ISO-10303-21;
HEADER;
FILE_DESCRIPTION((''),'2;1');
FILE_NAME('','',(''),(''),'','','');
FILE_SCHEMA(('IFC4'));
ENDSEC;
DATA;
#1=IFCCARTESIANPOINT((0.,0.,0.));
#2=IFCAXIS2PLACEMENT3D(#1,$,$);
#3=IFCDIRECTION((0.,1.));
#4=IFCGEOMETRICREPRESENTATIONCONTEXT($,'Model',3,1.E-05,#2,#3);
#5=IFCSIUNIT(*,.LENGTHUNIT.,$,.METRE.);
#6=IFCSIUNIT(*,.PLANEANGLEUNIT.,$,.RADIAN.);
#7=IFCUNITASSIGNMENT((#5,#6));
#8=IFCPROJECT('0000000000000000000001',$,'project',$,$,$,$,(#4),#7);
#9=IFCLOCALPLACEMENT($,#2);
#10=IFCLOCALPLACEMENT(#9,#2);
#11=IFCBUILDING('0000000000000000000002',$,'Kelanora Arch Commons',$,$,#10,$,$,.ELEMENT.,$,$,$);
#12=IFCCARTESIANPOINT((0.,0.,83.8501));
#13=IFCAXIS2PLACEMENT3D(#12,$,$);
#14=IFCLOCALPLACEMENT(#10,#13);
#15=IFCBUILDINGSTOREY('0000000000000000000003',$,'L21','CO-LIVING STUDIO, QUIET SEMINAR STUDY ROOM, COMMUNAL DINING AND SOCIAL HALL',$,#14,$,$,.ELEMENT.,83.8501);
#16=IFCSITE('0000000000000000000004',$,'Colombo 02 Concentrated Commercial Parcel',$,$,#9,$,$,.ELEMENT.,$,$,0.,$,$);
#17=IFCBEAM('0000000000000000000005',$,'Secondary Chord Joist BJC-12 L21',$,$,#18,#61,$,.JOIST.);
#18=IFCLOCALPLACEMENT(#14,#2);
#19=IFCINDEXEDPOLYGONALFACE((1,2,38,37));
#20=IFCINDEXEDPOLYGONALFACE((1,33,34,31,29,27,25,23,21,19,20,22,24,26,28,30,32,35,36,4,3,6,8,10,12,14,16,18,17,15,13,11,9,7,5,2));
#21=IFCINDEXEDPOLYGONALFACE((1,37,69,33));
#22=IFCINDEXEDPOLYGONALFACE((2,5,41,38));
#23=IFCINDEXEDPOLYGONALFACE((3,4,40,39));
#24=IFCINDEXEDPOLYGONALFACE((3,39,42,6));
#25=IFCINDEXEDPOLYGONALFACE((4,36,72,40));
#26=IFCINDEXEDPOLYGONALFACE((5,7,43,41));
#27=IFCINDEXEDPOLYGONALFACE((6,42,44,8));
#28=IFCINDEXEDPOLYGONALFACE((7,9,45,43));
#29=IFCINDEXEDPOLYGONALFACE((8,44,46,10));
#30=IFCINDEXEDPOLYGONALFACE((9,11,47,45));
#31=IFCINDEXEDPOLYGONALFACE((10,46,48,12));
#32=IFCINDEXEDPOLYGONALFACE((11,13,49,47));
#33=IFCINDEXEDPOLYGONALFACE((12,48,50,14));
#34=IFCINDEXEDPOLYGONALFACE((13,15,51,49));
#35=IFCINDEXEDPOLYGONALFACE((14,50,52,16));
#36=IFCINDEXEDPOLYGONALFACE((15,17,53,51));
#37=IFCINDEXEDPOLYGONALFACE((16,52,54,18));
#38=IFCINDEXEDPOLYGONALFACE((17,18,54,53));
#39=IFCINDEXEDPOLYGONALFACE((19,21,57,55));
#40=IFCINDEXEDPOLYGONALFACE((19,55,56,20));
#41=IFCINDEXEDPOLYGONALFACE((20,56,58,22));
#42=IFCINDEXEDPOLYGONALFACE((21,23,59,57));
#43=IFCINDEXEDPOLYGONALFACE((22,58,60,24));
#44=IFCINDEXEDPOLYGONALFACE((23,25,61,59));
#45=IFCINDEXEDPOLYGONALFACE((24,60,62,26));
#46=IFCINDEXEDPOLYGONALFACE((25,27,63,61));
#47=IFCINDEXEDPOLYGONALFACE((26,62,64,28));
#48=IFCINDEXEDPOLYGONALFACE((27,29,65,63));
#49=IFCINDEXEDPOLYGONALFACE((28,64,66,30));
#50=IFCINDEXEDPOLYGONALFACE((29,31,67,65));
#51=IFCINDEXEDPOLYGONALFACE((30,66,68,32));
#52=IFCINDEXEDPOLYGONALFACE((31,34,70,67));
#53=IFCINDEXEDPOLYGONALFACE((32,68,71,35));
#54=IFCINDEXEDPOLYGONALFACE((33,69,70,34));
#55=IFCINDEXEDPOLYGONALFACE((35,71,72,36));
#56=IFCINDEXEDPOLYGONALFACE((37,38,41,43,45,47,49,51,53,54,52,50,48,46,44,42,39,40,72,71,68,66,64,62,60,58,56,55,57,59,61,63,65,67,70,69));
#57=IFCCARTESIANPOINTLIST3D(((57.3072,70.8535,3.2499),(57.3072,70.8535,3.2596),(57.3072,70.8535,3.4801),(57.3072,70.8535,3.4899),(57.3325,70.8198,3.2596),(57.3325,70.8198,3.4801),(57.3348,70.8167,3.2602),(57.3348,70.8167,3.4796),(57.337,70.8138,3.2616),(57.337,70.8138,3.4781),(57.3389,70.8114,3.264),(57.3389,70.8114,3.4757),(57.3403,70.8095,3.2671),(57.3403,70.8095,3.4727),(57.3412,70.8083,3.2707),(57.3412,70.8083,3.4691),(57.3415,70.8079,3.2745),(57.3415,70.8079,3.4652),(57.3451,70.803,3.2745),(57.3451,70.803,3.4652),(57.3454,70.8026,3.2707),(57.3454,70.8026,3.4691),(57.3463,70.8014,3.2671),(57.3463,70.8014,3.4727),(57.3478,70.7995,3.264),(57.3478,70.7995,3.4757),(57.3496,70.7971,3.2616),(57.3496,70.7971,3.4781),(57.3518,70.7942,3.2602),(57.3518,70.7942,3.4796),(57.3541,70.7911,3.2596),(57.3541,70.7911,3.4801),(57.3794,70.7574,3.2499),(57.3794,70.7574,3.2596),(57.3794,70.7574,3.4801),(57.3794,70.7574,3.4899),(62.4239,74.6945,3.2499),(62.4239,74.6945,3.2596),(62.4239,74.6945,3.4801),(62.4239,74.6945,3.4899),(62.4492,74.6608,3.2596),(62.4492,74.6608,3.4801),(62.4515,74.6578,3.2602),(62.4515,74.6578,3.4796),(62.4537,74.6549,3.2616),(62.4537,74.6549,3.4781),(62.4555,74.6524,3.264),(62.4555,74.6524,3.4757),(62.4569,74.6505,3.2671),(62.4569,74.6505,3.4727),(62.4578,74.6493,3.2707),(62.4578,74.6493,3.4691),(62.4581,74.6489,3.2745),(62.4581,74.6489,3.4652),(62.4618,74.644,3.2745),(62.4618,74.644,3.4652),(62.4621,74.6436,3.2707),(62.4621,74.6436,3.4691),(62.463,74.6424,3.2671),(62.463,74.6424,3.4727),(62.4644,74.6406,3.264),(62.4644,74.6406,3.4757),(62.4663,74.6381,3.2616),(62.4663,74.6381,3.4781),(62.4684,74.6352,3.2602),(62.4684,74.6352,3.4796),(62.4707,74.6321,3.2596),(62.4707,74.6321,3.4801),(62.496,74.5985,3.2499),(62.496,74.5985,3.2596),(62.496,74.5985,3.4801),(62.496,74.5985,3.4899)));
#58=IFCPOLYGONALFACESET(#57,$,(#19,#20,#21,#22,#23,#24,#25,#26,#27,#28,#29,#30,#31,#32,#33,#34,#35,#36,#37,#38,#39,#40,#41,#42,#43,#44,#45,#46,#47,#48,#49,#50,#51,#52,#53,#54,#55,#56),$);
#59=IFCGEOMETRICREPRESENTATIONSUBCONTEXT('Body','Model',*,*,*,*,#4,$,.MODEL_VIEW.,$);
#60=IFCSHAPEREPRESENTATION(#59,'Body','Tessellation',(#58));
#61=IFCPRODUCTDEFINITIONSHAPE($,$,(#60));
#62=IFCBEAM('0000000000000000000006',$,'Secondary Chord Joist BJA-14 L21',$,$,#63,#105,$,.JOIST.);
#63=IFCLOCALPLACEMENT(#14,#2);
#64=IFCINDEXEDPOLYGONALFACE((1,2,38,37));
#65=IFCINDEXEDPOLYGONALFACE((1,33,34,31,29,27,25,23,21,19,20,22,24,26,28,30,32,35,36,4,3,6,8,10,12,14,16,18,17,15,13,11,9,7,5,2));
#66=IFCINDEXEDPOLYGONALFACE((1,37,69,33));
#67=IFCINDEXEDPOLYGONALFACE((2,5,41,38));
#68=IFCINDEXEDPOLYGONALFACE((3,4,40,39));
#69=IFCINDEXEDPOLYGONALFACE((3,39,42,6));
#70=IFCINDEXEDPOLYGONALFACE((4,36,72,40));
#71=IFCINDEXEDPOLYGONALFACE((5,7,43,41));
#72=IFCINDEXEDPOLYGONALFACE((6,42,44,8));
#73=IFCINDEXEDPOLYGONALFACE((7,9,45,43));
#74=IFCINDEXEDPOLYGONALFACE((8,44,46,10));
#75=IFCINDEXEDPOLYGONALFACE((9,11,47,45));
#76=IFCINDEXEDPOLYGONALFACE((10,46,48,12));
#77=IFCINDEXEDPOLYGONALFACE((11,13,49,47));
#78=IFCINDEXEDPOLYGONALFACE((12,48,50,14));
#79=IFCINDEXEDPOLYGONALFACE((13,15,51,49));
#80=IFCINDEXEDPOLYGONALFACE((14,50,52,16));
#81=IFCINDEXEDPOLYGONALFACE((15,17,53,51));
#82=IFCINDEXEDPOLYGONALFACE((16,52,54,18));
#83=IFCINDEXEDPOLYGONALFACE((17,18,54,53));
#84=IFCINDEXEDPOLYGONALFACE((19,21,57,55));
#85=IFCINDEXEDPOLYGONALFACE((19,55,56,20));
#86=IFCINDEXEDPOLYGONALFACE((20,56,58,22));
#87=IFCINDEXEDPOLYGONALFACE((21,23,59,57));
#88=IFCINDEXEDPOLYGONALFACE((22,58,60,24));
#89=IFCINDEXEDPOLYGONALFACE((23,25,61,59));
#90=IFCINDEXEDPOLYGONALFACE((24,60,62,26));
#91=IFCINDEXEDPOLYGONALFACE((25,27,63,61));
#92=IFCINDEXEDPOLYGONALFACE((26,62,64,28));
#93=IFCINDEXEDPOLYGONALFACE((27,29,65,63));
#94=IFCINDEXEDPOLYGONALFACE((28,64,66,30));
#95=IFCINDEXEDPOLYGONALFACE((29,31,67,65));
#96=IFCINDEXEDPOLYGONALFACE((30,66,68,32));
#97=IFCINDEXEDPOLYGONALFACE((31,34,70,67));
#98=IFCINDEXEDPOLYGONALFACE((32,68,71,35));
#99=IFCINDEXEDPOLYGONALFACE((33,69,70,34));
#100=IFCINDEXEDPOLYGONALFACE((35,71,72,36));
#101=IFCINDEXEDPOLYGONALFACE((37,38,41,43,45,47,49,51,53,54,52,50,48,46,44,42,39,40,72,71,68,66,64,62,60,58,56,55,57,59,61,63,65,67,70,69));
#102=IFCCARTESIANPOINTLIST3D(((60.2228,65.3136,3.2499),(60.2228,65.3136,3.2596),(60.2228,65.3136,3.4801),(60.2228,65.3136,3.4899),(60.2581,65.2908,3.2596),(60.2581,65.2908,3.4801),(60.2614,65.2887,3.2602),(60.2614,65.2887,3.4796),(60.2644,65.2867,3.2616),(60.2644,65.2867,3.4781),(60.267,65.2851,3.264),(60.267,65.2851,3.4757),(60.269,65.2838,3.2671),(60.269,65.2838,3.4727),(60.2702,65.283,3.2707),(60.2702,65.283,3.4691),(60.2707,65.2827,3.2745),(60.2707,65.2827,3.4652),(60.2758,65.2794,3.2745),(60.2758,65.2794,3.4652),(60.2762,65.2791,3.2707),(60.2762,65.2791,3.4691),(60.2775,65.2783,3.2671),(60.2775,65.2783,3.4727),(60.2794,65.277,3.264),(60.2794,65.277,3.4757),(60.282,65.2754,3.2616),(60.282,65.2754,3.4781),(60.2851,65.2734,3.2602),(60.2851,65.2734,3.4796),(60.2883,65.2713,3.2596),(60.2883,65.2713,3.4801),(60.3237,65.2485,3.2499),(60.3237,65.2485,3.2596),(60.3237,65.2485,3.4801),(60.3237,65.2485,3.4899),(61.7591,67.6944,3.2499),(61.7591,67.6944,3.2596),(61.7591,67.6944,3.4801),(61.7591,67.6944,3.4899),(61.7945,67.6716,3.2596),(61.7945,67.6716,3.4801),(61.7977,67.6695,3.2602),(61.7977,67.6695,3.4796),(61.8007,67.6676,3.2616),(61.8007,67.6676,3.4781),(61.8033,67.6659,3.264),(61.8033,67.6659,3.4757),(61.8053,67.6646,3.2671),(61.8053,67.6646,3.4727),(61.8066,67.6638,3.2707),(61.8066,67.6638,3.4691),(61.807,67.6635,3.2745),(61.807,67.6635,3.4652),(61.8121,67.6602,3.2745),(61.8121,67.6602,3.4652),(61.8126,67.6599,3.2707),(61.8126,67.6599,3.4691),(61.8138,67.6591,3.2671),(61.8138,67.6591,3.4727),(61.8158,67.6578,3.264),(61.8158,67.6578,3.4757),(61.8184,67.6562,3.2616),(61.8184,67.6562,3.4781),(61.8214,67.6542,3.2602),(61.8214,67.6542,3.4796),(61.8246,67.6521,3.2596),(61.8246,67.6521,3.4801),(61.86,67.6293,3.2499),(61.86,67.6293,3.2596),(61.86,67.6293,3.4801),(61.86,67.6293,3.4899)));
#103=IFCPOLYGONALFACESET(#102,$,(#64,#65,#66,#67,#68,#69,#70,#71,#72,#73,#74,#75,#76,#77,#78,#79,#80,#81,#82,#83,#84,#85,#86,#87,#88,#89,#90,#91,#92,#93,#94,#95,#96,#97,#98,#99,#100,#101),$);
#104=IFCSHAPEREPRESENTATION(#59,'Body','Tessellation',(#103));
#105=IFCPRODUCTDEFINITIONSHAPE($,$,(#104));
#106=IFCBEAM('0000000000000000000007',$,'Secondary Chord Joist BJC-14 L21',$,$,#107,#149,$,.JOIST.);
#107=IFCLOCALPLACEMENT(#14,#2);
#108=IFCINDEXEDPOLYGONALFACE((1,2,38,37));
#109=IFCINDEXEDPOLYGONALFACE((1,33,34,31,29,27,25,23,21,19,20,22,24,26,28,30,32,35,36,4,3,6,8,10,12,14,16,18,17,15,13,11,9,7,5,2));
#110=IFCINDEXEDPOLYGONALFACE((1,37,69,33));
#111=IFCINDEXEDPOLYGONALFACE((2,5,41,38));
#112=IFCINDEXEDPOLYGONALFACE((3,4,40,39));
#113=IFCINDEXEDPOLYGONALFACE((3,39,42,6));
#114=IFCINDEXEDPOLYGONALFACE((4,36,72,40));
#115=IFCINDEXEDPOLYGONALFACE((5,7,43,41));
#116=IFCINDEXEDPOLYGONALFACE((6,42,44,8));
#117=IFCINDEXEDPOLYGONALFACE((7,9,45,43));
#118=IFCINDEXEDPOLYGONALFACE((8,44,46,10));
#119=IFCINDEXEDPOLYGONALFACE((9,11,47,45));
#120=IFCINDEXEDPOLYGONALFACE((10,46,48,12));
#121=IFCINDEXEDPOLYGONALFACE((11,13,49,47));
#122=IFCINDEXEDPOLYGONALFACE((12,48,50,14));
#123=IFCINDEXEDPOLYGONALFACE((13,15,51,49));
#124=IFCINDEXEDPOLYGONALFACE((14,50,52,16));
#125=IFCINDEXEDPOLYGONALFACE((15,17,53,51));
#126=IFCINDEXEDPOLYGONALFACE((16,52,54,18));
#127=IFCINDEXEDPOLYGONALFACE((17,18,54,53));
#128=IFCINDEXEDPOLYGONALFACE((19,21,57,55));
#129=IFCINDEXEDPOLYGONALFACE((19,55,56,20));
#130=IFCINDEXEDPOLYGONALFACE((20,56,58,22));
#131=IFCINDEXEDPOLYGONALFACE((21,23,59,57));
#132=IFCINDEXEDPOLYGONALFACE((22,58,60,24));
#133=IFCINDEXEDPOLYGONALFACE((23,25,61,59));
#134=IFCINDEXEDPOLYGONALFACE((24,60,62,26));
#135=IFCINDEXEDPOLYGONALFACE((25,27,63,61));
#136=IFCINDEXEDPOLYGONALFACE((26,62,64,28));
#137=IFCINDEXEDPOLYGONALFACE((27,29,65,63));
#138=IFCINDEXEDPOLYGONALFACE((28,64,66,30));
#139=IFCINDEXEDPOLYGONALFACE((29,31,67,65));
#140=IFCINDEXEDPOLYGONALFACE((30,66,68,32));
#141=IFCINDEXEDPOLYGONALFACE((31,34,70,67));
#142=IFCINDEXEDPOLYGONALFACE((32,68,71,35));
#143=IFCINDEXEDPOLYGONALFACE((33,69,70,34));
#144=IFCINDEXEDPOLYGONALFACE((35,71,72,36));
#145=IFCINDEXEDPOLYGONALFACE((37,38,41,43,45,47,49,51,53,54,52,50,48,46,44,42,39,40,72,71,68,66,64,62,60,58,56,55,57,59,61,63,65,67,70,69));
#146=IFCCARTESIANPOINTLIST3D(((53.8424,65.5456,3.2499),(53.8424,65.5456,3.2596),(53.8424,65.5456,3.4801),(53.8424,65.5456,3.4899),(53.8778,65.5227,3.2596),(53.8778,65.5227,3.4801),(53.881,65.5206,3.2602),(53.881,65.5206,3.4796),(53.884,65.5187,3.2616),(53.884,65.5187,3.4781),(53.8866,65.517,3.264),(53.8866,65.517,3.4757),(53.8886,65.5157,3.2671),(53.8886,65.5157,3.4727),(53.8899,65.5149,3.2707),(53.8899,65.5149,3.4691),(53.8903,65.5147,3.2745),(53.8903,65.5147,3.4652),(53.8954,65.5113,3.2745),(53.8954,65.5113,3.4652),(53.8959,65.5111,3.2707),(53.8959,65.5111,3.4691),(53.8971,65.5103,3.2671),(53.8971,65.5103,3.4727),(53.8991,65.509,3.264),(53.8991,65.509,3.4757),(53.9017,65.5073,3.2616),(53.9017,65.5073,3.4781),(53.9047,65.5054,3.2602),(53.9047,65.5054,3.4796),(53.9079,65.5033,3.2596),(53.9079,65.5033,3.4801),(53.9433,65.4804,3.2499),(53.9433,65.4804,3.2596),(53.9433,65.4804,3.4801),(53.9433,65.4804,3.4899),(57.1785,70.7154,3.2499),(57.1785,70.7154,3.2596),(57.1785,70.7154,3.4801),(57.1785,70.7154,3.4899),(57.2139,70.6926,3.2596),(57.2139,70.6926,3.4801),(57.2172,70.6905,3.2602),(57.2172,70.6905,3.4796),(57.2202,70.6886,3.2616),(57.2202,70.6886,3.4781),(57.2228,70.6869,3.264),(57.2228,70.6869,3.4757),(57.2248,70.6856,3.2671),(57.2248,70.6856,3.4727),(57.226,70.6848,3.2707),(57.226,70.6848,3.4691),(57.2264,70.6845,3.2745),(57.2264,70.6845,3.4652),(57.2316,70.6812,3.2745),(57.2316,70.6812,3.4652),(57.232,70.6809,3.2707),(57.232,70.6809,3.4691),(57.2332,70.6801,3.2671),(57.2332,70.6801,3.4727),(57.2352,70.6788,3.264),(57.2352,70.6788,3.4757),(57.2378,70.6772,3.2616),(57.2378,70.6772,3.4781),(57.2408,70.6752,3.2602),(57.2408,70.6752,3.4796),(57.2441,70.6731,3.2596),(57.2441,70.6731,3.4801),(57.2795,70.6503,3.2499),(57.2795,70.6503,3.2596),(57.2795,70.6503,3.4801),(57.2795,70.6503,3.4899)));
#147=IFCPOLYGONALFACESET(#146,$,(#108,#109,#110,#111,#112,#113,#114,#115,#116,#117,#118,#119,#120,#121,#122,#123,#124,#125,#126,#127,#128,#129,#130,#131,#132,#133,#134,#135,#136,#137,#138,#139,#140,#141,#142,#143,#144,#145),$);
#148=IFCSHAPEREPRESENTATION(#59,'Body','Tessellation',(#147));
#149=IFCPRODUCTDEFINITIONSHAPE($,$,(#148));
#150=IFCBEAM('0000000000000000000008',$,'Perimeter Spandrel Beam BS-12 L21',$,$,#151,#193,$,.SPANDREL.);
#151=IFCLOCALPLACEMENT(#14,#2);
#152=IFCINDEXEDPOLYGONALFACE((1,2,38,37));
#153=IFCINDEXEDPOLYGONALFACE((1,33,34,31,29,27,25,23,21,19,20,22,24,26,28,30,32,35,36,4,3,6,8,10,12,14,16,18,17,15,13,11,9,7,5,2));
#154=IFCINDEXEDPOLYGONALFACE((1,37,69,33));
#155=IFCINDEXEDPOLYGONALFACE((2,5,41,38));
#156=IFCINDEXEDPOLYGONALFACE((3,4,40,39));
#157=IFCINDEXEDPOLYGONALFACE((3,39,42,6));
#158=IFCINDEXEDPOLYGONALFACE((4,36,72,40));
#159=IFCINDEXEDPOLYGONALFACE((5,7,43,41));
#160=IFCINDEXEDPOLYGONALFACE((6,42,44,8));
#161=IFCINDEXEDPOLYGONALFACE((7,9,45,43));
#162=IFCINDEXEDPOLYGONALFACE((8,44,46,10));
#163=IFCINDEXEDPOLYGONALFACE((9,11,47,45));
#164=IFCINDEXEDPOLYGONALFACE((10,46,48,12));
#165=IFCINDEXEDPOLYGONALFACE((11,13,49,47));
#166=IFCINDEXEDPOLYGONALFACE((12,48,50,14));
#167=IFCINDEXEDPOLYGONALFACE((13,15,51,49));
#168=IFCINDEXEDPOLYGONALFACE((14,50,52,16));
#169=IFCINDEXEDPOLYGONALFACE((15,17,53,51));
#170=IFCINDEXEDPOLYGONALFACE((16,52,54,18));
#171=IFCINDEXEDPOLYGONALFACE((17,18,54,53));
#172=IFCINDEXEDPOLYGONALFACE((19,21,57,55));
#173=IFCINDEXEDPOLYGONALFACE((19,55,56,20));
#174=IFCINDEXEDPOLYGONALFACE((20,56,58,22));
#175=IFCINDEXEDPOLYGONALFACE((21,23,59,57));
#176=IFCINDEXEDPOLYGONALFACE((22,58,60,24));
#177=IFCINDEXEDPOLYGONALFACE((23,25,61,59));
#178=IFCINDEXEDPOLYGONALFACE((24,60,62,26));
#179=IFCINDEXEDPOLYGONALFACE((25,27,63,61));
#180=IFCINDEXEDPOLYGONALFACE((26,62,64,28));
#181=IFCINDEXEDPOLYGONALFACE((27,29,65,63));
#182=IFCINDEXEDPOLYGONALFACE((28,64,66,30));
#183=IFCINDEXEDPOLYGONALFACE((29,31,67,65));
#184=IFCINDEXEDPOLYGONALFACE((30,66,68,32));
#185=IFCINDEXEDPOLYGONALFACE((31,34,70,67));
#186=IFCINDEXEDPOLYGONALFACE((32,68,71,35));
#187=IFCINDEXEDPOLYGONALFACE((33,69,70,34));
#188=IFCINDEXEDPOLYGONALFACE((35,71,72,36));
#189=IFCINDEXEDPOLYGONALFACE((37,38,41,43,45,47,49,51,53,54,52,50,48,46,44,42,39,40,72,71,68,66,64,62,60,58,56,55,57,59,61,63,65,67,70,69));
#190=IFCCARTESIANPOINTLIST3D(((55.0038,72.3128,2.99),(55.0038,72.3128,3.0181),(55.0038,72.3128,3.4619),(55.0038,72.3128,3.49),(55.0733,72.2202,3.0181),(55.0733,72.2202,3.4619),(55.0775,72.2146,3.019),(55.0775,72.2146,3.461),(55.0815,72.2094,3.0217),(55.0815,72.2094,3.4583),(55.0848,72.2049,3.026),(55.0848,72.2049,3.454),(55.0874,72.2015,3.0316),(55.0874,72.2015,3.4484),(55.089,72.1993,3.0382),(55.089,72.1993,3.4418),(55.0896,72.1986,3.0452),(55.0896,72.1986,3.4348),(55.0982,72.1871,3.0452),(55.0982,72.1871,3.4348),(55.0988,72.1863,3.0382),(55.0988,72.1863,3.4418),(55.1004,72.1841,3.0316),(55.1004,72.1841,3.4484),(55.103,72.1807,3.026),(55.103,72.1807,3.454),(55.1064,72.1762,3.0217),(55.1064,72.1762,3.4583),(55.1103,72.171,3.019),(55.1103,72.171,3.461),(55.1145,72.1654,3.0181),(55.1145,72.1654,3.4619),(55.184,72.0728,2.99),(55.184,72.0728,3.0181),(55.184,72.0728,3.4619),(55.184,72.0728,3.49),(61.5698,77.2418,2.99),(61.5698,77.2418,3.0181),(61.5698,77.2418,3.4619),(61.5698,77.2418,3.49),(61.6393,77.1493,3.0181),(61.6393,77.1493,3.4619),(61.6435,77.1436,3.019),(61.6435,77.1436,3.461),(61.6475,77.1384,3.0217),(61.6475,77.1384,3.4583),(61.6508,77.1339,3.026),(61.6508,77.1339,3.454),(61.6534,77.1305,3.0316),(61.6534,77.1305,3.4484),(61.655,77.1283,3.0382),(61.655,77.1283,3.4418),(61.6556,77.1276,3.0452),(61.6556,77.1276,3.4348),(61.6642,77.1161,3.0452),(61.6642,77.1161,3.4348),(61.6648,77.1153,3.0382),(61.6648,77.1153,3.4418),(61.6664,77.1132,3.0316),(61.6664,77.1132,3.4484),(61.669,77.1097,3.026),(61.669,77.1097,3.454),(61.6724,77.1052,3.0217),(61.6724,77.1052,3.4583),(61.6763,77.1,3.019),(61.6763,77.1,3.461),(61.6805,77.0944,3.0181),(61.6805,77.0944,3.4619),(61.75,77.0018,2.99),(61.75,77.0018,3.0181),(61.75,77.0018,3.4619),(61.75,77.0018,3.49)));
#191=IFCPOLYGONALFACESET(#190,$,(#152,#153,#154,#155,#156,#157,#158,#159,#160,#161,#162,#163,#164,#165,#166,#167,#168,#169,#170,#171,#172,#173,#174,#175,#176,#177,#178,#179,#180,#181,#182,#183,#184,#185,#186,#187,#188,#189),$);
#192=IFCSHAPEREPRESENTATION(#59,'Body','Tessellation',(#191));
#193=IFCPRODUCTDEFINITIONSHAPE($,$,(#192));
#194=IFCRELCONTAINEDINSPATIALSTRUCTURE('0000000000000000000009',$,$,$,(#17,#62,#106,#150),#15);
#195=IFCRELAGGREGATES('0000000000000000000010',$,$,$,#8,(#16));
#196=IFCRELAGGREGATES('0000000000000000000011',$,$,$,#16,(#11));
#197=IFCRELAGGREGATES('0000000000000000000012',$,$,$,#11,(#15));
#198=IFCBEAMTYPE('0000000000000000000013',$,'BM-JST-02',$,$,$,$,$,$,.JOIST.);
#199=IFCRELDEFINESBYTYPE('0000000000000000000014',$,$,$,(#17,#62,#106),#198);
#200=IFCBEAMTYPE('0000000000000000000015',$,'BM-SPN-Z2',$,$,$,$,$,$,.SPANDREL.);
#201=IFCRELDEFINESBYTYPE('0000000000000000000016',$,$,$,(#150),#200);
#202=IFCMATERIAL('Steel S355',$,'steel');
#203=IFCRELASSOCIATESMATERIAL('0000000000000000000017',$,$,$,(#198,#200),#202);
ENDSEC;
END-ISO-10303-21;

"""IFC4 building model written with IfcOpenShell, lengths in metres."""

from ifc_helpers import new_model, si_unit, direction, frame, origin, origin_2d, place, context, subcontext, project, spatial, i_section, extrude, material, material_profile, profile_set, type_object, element, save


model = new_model("IFC4")

# Units and contexts
model_context = context("Model", 3, precision=1e-05, world=origin(), true_north=direction((0.0, 1.0)))
body_context = subcontext(model_context, "Body", "Model", "MODEL_VIEW")
ifc_project = project(units=[si_unit("LENGTHUNIT", "METRE"), si_unit("PLANEANGLEUNIT", "RADIAN")], contexts=[model_context])

# Site, building, storey
site_placement = place(None, origin())
site = spatial("IfcSite", under=ifc_project, at=site_placement, Name="Colombo 02 Concentrated Commercial Parcel", CompositionType="ELEMENT", RefElevation=0.0)
building_placement = place(site_placement, origin())
building = spatial("IfcBuilding", under=site, at=building_placement, Name="Kelanora Arch Commons", CompositionType="ELEMENT")
storey_placement = place(building_placement, frame((0.0, 0.0, 83.8501)))
storey = spatial("IfcBuildingStorey", under=building, at=storey_placement, Name="L21", Description="CO-LIVING STUDIO, QUIET SEMINAR STUDY ROOM, COMMUNAL DINING AND SOCIAL HALL", CompositionType="ELEMENT", Elevation=83.8501)

# Beams
ifc_material_1 = material(Name="Steel S355", Category="steel")
ifc_material_profile_1 = material_profile(ifc_material_1, i_section(OverallWidth=0.1201, OverallDepth=0.24, WebThickness=0.0061, FlangeThickness=0.0098, FilletRadius=0.0149, at=origin_2d()), Name="IPE240")
ifc_profile_set_1 = profile_set([ifc_material_profile_1], Name="Steel S355")
beam_type_1 = type_object("IfcBeamType", Name="BM-JST-02", PredefinedType="JOIST", material=ifc_profile_set_1)
beam_1_placement = place(storey_placement, frame((62.46, 74.6465, 3.3699), z_axis=(-0.799734, -0.600354, 0.0), x_axis=(0.600354, -0.799734, 0.0)))
element("IfcBeam", 1, at=beam_1_placement, inside=storey, type_object=beam_type_1, Name="Secondary Chord Joist BJC-12 L21", PredefinedType="JOIST", context=body_context, shape_type="SweptSolid", body=[
    extrude(i_section(OverallWidth=0.1201, OverallDepth=0.24, WebThickness=0.0061, FlangeThickness=0.0098, FilletRadius=0.0149, at=origin_2d()), origin(), (0.0, 0.0, 1.0), 6.3979),
])
beam_2_placement = place(storey_placement, frame((61.8096, 67.6619, 3.3699), z_axis=(-0.542211, -0.840242, 0.0), x_axis=(0.840242, -0.542211, 0.0)))
element("IfcBeam", 2, at=beam_2_placement, inside=storey, type_object=beam_type_1, Name="Secondary Chord Joist BJA-14 L21", PredefinedType="JOIST", context=body_context, shape_type="SweptSolid", body=[
    extrude(i_section(OverallWidth=0.1201, OverallDepth=0.24, WebThickness=0.0061, FlangeThickness=0.0098, FilletRadius=0.0149, at=origin_2d()), origin(), (0.0, 0.0, 1.0), 2.8335),
])
beam_3_placement = place(storey_placement, frame((57.229, 70.6829, 3.3699), z_axis=(-0.542213, -0.840241, 0.0), x_axis=(0.840241, -0.542213, 0.0)))
element("IfcBeam", 3, at=beam_3_placement, inside=storey, type_object=beam_type_1, Name="Secondary Chord Joist BJC-14 L21", PredefinedType="JOIST", context=body_context, shape_type="SweptSolid", body=[
    extrude(i_section(OverallWidth=0.1201, OverallDepth=0.24, WebThickness=0.0061, FlangeThickness=0.0098, FilletRadius=0.0149, at=origin_2d()), origin(), (0.0, 0.0, 1.0), 6.1528),
])
ifc_material_profile_2 = material_profile(ifc_material_1, i_section(OverallWidth=0.3, OverallDepth=0.5, WebThickness=0.0144, FlangeThickness=0.0281, FilletRadius=0.0271, at=origin_2d()), Name="HEB500")
ifc_profile_set_2 = profile_set([ifc_material_profile_2], Name="Steel S355")
beam_type_2 = type_object("IfcBeamType", Name="BM-SPN-Z2", PredefinedType="SPANDREL", material=ifc_profile_set_2)
beam_4_placement = place(storey_placement, frame((61.6599, 77.1218, 3.24), z_axis=(-0.799736, -0.600352, 0.0), x_axis=(0.600352, -0.799736, 0.0)))
element("IfcBeam", 4, at=beam_4_placement, inside=storey, type_object=beam_type_2, Name="Perimeter Spandrel Beam BS-12 L21", PredefinedType="SPANDREL", context=body_context, shape_type="SweptSolid", body=[
    extrude(i_section(OverallWidth=0.3, OverallDepth=0.5, WebThickness=0.0144, FlangeThickness=0.0281, FilletRadius=0.0271, at=origin_2d()), origin(), (0.0, 0.0, 1.0), 8.2102),
])

save(model, "model.ifc")
